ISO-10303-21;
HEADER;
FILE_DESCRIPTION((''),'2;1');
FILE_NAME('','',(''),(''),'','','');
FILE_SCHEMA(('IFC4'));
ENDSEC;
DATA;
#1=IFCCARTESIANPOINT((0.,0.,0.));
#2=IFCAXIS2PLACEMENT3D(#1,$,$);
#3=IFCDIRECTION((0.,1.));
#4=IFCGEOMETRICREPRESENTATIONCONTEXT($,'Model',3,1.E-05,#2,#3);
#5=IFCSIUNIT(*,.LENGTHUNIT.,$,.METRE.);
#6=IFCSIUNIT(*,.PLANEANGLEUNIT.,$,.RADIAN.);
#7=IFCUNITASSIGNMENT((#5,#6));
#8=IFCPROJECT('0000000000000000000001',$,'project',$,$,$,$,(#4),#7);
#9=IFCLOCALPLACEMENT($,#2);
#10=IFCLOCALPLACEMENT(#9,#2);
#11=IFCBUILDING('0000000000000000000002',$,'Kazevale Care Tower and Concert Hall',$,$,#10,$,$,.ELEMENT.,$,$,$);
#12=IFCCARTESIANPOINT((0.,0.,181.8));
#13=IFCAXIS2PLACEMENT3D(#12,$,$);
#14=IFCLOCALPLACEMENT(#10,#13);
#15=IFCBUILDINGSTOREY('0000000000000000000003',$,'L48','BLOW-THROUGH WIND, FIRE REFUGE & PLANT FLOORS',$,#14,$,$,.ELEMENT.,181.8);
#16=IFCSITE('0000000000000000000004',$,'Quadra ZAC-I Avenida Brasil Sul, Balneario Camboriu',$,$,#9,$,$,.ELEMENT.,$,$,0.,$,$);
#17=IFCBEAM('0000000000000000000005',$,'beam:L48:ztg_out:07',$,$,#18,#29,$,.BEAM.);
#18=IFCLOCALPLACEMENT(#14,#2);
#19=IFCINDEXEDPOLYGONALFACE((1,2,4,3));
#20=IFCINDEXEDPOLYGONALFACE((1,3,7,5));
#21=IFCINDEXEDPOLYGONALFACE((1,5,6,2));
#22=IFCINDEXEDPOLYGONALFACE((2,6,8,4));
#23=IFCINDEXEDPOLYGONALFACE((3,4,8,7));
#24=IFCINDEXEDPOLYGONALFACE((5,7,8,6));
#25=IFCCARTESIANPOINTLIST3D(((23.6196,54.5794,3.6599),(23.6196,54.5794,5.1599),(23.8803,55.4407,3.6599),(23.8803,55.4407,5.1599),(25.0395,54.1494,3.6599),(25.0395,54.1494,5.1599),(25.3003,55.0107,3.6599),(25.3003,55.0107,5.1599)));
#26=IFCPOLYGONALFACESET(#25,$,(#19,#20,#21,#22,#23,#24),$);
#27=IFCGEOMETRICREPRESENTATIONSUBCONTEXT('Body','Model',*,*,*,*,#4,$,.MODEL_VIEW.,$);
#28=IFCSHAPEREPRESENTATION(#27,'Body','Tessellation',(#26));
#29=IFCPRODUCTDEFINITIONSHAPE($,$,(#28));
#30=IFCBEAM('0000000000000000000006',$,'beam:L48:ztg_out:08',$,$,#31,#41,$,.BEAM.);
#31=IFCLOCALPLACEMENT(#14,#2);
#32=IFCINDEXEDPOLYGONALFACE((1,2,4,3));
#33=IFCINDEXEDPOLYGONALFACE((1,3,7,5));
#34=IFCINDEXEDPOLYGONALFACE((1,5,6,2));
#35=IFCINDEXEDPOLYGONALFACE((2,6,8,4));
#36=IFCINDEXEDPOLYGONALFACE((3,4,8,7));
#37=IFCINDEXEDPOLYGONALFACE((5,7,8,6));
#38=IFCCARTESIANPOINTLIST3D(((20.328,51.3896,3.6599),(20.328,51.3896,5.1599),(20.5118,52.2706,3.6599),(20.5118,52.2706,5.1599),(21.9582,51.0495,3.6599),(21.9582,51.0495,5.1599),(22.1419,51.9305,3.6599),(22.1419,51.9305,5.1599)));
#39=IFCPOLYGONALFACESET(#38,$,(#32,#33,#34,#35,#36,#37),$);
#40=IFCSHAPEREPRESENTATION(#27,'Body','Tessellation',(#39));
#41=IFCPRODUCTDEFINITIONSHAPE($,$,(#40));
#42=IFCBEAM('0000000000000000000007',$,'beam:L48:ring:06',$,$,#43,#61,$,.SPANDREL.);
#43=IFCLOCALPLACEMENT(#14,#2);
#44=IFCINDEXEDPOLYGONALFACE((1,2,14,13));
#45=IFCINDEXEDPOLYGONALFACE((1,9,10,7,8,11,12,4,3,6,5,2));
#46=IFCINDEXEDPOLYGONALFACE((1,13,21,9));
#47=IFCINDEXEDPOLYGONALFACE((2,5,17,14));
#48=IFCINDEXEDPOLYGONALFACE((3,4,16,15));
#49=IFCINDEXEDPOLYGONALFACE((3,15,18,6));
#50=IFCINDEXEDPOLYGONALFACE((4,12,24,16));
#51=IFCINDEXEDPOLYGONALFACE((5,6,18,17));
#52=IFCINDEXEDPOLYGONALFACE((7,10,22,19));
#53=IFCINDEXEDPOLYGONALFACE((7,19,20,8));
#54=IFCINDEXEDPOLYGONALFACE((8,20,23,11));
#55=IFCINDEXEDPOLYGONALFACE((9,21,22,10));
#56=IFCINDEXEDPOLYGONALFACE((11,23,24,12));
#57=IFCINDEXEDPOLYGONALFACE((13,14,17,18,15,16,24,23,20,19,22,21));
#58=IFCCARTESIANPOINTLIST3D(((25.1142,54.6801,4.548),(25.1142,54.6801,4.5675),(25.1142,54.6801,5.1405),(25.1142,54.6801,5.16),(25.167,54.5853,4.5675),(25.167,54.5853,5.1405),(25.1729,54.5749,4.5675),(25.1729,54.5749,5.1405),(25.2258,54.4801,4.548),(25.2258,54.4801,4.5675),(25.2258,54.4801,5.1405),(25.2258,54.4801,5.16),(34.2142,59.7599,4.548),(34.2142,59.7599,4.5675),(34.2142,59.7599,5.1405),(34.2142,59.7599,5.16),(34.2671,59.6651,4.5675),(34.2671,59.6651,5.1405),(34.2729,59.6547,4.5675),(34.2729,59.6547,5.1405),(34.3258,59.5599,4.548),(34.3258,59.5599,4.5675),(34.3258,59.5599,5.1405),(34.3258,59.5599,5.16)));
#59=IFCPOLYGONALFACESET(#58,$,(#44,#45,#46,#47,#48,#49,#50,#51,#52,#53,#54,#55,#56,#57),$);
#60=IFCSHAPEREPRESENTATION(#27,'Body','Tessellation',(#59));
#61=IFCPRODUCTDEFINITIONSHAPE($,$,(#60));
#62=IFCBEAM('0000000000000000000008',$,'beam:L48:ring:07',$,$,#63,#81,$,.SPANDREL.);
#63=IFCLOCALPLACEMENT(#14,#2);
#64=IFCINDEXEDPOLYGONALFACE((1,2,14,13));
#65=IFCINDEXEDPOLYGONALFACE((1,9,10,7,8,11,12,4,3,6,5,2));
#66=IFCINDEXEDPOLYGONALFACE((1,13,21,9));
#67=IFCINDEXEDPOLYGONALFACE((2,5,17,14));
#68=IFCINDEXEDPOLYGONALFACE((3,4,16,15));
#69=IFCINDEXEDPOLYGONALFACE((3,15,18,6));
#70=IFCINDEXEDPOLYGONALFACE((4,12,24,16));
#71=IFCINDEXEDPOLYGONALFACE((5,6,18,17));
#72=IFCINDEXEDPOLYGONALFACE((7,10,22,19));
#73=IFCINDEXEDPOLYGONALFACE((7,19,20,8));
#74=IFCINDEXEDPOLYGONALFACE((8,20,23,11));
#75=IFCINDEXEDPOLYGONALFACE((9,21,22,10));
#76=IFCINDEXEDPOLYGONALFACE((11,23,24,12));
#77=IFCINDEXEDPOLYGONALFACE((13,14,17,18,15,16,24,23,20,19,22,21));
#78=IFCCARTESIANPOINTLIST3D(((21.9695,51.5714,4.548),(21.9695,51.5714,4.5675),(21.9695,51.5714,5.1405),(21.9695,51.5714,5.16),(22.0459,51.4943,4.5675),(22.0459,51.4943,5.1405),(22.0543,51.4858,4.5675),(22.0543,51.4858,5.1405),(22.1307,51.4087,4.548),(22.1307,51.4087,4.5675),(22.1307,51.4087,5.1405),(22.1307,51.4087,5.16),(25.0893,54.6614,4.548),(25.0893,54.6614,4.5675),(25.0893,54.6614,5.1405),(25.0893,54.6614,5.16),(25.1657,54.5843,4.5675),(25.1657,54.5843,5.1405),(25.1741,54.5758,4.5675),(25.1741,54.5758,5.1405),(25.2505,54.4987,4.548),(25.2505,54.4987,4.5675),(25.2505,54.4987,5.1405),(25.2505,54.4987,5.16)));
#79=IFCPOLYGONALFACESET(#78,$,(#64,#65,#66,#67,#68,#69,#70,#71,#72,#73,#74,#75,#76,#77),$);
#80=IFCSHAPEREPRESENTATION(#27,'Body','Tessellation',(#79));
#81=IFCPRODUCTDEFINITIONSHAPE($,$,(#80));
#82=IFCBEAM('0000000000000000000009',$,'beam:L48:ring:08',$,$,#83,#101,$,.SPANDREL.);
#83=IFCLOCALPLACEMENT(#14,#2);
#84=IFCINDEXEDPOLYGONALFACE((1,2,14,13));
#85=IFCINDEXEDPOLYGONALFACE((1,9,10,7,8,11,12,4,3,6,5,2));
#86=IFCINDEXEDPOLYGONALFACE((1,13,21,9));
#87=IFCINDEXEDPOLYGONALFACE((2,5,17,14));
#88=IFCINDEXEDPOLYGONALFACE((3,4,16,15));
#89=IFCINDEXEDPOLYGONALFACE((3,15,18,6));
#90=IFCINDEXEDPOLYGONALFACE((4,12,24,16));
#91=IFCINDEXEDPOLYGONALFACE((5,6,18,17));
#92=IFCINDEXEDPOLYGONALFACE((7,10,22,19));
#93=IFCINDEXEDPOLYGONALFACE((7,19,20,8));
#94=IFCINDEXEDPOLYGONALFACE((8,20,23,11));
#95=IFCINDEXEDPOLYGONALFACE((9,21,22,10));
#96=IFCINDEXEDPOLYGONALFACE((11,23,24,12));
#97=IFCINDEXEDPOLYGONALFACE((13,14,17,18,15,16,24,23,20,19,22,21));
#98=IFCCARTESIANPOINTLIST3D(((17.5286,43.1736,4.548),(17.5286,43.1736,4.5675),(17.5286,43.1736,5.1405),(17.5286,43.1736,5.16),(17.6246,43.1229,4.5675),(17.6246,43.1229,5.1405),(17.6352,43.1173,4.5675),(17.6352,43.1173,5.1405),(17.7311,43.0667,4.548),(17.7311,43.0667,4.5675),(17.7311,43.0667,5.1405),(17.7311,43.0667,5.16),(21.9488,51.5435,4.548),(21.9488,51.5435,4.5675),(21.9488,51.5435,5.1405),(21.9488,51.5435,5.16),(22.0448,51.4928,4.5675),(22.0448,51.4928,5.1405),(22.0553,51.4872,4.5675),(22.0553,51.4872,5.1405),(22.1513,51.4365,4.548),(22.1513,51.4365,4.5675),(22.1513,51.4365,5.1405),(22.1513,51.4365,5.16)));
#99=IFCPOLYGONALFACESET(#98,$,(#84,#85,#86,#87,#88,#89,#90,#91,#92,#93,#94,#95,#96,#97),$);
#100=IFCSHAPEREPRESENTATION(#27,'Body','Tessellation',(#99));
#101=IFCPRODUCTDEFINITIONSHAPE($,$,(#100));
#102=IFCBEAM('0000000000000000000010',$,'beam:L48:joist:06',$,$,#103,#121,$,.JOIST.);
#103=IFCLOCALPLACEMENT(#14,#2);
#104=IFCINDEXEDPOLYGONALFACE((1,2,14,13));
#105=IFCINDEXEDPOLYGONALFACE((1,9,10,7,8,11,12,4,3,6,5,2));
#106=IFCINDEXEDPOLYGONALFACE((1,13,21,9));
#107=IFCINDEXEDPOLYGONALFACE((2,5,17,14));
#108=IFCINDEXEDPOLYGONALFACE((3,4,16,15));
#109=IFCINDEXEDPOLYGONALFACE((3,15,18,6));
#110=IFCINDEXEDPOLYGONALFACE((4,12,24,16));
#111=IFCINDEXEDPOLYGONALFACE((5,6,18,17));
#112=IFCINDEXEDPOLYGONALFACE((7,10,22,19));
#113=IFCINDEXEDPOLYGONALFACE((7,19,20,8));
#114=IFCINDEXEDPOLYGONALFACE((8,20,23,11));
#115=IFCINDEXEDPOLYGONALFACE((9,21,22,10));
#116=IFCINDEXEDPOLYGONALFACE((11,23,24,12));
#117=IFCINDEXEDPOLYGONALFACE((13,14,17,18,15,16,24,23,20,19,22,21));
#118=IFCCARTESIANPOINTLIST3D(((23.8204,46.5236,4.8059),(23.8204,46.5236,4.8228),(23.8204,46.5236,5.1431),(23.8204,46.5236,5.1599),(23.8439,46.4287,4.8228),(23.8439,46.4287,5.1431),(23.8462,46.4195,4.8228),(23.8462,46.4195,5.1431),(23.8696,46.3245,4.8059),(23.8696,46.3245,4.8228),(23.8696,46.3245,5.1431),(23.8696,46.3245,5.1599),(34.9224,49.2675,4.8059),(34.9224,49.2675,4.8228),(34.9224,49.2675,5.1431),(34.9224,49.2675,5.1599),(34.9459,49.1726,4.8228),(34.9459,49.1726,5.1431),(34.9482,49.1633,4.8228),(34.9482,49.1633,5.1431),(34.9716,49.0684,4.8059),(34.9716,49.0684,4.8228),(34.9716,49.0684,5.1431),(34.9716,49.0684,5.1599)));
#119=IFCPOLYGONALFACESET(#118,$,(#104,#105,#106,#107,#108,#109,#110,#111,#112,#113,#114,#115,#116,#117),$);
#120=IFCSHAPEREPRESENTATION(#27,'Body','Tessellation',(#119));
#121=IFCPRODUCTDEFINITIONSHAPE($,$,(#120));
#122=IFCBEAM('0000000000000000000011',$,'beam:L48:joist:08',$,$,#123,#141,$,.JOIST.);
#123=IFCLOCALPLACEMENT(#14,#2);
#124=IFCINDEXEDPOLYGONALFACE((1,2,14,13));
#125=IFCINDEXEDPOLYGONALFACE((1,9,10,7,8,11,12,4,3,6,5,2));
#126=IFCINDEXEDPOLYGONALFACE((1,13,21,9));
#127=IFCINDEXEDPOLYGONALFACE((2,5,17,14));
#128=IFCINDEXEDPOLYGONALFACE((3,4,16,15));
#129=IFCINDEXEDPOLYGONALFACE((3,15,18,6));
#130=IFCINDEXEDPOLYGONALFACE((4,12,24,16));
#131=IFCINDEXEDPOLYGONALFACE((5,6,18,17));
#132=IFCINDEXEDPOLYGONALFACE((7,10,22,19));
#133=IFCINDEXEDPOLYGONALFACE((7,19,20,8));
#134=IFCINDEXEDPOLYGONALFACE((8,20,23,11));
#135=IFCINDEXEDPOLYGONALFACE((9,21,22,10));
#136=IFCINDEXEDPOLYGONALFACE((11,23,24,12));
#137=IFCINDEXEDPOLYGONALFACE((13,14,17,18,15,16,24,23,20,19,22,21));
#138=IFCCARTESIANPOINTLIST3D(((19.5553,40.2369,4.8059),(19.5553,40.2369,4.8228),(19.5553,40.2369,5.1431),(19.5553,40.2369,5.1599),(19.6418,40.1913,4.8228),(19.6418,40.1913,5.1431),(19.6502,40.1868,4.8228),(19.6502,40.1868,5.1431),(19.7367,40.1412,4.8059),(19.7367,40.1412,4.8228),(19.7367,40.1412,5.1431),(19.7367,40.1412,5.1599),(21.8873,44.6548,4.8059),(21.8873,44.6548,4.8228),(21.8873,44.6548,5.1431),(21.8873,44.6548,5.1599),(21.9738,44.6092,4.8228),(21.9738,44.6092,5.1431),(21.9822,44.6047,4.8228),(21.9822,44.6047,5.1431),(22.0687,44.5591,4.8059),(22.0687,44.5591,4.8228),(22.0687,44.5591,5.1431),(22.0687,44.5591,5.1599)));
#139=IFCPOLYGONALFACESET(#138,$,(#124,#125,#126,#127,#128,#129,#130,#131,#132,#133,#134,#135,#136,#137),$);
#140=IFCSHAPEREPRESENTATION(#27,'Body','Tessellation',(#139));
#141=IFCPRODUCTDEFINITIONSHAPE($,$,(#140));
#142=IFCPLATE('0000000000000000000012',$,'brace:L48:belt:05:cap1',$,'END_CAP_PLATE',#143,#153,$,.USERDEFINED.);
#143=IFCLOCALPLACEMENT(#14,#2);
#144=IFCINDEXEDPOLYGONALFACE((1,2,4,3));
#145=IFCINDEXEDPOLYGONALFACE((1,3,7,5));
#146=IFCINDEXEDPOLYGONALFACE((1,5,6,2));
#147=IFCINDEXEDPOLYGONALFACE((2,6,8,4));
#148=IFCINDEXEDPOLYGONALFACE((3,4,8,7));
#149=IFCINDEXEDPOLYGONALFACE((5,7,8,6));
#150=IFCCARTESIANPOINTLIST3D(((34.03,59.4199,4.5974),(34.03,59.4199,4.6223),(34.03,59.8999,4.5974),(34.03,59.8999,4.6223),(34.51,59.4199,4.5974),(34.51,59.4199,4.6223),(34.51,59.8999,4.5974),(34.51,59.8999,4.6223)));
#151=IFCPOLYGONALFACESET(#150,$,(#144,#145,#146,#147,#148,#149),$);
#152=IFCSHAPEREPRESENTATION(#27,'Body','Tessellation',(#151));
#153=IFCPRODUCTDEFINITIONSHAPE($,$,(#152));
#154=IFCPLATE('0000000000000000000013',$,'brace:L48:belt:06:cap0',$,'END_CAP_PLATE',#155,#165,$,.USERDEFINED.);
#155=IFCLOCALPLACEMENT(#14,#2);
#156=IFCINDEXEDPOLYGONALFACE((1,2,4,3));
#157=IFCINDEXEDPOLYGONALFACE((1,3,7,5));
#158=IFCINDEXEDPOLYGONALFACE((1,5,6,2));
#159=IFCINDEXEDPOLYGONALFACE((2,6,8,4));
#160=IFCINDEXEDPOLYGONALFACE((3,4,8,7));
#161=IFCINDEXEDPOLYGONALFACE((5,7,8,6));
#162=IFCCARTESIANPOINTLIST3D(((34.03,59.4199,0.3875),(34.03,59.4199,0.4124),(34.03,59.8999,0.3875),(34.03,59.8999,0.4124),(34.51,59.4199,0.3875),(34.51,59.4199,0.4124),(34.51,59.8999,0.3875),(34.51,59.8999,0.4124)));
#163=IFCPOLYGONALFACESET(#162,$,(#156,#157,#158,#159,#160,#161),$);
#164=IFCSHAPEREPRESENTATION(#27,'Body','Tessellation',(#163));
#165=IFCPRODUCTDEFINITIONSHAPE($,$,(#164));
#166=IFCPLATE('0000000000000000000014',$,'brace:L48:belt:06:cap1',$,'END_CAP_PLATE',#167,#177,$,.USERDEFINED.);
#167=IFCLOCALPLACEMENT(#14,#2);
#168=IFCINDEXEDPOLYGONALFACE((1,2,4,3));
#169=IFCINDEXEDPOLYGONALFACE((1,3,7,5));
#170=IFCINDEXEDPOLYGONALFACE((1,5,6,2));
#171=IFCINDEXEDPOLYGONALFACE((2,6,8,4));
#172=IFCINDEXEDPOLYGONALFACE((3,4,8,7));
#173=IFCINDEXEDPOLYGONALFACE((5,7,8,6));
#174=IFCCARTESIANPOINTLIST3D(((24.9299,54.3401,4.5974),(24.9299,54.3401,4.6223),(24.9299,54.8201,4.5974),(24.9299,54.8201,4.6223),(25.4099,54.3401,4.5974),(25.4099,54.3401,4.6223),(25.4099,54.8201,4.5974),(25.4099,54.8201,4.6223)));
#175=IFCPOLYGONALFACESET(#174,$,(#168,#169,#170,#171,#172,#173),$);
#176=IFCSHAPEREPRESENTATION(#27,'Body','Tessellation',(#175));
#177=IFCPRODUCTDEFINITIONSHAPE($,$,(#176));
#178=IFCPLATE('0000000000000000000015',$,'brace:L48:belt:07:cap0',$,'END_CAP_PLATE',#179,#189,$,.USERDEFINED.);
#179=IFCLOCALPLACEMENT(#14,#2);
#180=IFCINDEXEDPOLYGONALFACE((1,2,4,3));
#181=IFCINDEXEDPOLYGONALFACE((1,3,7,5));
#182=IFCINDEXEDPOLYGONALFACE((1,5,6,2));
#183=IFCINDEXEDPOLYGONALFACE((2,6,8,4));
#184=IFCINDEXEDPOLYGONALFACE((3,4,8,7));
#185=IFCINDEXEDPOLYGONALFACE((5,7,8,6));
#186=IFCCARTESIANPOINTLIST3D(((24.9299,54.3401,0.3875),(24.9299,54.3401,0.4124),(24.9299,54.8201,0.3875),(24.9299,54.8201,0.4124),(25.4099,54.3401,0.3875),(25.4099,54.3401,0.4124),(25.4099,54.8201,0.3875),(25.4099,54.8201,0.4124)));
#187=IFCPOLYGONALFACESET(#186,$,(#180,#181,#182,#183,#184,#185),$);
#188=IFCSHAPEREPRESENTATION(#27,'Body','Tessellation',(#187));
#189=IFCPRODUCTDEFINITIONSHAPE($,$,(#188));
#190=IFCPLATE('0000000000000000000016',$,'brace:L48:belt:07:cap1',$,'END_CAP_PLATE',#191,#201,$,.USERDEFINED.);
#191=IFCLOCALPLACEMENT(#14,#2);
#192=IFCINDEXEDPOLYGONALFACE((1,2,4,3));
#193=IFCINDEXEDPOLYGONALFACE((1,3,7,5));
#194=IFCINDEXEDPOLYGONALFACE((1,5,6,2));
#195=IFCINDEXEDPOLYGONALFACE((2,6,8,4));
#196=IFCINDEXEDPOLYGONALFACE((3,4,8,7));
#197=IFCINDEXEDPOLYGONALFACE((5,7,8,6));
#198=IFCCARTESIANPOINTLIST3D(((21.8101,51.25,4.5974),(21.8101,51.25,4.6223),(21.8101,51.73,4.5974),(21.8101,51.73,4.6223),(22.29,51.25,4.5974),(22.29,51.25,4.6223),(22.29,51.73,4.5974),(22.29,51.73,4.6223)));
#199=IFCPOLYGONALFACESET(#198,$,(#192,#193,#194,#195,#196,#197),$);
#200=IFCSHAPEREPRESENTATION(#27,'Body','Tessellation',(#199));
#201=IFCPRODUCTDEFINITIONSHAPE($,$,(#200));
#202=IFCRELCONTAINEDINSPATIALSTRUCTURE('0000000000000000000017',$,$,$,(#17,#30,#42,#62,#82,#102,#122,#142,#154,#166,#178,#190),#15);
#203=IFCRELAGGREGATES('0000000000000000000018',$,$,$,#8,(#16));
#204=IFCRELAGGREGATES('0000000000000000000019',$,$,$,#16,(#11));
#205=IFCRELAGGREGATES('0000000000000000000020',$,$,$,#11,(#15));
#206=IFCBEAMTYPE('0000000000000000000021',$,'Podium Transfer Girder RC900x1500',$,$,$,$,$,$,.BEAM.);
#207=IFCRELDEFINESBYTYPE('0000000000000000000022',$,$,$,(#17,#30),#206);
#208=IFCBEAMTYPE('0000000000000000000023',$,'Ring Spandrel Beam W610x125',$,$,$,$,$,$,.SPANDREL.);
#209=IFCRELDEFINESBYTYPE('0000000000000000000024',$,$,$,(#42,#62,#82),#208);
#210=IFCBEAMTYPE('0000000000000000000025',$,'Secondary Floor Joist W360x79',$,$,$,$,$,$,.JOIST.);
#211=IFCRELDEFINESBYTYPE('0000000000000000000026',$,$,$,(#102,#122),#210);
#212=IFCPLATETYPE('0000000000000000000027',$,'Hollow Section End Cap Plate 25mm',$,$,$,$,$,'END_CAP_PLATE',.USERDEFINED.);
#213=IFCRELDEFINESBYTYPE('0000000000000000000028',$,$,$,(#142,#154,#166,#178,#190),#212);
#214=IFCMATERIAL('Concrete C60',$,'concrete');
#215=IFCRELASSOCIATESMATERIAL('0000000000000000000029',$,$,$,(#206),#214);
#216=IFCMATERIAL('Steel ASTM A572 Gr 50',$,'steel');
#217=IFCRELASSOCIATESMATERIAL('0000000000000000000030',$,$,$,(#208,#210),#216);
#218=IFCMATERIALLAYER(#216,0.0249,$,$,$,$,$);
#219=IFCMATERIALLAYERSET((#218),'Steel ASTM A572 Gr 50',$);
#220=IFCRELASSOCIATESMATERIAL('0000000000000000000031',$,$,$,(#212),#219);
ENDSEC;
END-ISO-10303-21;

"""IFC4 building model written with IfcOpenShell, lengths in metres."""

from ifc_helpers import new_model, si_unit, direction, frame, origin, origin_2d, place, context, subcontext, project, spatial, rectangle, i_section, extrude, material, layer, layer_set, material_profile, profile_set, type_object, element, save


model = new_model("IFC4")

# Units and contexts
model_context = context("Model", 3, precision=1e-05, world=origin(), true_north=direction((0.0, 1.0)))
body_context = subcontext(model_context, "Body", "Model", "MODEL_VIEW")
ifc_project = project(units=[si_unit("LENGTHUNIT", "METRE"), si_unit("PLANEANGLEUNIT", "RADIAN")], contexts=[model_context])

# Site, building, storey
site_placement = place(None, origin())
site = spatial("IfcSite", under=ifc_project, at=site_placement, Name="Quadra ZAC-I Avenida Brasil Sul, Balneario Camboriu", CompositionType="ELEMENT", RefElevation=0.0)
building_placement = place(site_placement, origin())
building = spatial("IfcBuilding", under=site, at=building_placement, Name="Kazevale Care Tower and Concert Hall", CompositionType="ELEMENT")
storey_placement = place(building_placement, frame((0.0, 0.0, 181.8)))
storey = spatial("IfcBuildingStorey", under=building, at=storey_placement, Name="L48", Description="BLOW-THROUGH WIND, FIRE REFUGE & PLANT FLOORS", CompositionType="ELEMENT", Elevation=181.8)

# Shared definitions
ifc_material_1 = material(Name="Concrete C60", Category="concrete")

# Shared definitions
ifc_material_2 = material(Name="Steel ASTM A572 Gr 50", Category="steel")

# Beams
ifc_material_profile_1 = material_profile(ifc_material_1, rectangle(XDim=0.8999, YDim=1.5, at=origin_2d()), Name="RC-TG900x1500")
ifc_profile_set_1 = profile_set([ifc_material_profile_1], Name="Concrete C60")
beam_type_1 = type_object("IfcBeamType", Name="Podium Transfer Girder RC900x1500", PredefinedType="BEAM", material=ifc_profile_set_1)
beam_1_placement = place(storey_placement, frame((25.1699, 54.5801, 4.4099), z_axis=(-0.957089, 0.289793, 0.0), x_axis=(-0.289793, -0.957089, 0.0)))
element("IfcBeam", 1, at=beam_1_placement, inside=storey, type_object=beam_type_1, Name="beam:L48:ztg_out:07", PredefinedType="BEAM", context=body_context, shape_type="SweptSolid", body=[
    extrude(rectangle(XDim=0.8999, YDim=1.5, at=origin_2d()), origin(), (0.0, 0.0, 1.0), 1.4836),
])
beam_2_placement = place(storey_placement, frame((22.05, 51.49, 4.4099), z_axis=(-0.978923, 0.204229, 0.0), x_axis=(-0.204229, -0.978923, 0.0)))
element("IfcBeam", 2, at=beam_2_placement, inside=storey, type_object=beam_type_1, Name="beam:L48:ztg_out:08", PredefinedType="BEAM", context=body_context, shape_type="SweptSolid", body=[
    extrude(rectangle(XDim=0.8999, YDim=1.5, at=origin_2d()), origin(), (0.0, 0.0, 1.0), 1.6653),
])
ifc_material_profile_2 = material_profile(ifc_material_2, i_section(OverallWidth=0.229, OverallDepth=0.6121, WebThickness=0.012, FlangeThickness=0.0195, at=origin_2d()), Name="W610x125")
ifc_profile_set_2 = profile_set([ifc_material_profile_2], Name="Steel ASTM A572 Gr 50")
beam_type_2 = type_object("IfcBeamType", Name="Ring Spandrel Beam W610x125", PredefinedType="SPANDREL", material=ifc_profile_set_2)
beam_3_placement = place(storey_placement, frame((34.27, 59.6599, 4.854), z_axis=(-0.873169, -0.487418, 0.0), x_axis=(0.487418, -0.873169, 0.0)))
element("IfcBeam", 3, at=beam_3_placement, inside=storey, type_object=beam_type_2, Name="beam:L48:ring:06", PredefinedType="SPANDREL", context=body_context, shape_type="SweptSolid", body=[
    extrude(i_section(OverallWidth=0.229, OverallDepth=0.6121, WebThickness=0.012, FlangeThickness=0.0195, at=origin_2d()), origin(), (0.0, 0.0, 1.0), 10.4219),
])
beam_4_placement = place(storey_placement, frame((25.1699, 54.5801, 4.854), z_axis=(-0.71049, -0.703707, 0.0), x_axis=(0.703707, -0.71049, 0.0)))
element("IfcBeam", 4, at=beam_4_placement, inside=storey, type_object=beam_type_2, Name="beam:L48:ring:07", PredefinedType="SPANDREL", context=body_context, shape_type="SweptSolid", body=[
    extrude(i_section(OverallWidth=0.229, OverallDepth=0.6121, WebThickness=0.012, FlangeThickness=0.0195, at=origin_2d()), origin(), (0.0, 0.0, 1.0), 4.3911),
])
beam_5_placement = place(storey_placement, frame((22.05, 51.49, 4.854), z_axis=(-0.466984, -0.884266, 0.0), x_axis=(0.884266, -0.466984, 0.0)))
element("IfcBeam", 5, at=beam_5_placement, inside=storey, type_object=beam_type_2, Name="beam:L48:ring:08", PredefinedType="SPANDREL", context=body_context, shape_type="SweptSolid", body=[
    extrude(i_section(OverallWidth=0.229, OverallDepth=0.6121, WebThickness=0.012, FlangeThickness=0.0195, at=origin_2d()), origin(), (0.0, 0.0, 1.0), 9.4653),
])
ifc_material_profile_3 = material_profile(ifc_material_2, i_section(OverallWidth=0.2051, OverallDepth=0.354, WebThickness=0.0095, FlangeThickness=0.0168, at=origin_2d()), Name="W360x79")
ifc_profile_set_3 = profile_set([ifc_material_profile_3], Name="Steel ASTM A572 Gr 50")
beam_type_3 = type_object("IfcBeamType", Name="Secondary Floor Joist W360x79", PredefinedType="JOIST", material=ifc_profile_set_3)
beam_6_placement = place(storey_placement, frame((34.947, 49.168, 4.9829), z_axis=(-0.97079, -0.239933, 0.0), x_axis=(0.239933, -0.97079, 0.0)))
element("IfcBeam", 6, at=beam_6_placement, inside=storey, type_object=beam_type_3, Name="beam:L48:joist:06", PredefinedType="JOIST", context=body_context, shape_type="SweptSolid", body=[
    extrude(i_section(OverallWidth=0.2051, OverallDepth=0.354, WebThickness=0.0095, FlangeThickness=0.0168, at=origin_2d()), origin(), (0.0, 0.0, 1.0), 11.436),
])
beam_7_placement = place(storey_placement, frame((21.978, 44.6069, 4.9829), z_axis=(-0.46681, -0.884358, 0.0), x_axis=(0.884358, -0.46681, 0.0)))
element("IfcBeam", 7, at=beam_7_placement, inside=storey, type_object=beam_type_3, Name="beam:L48:joist:08", PredefinedType="JOIST", context=body_context, shape_type="SweptSolid", body=[
    extrude(i_section(OverallWidth=0.2051, OverallDepth=0.354, WebThickness=0.0095, FlangeThickness=0.0168, at=origin_2d()), origin(), (0.0, 0.0, 1.0), 4.9956),
])

# Plates
ifc_layer_1 = layer(ifc_material_2, 0.0249)
ifc_layer_set_1 = layer_set([ifc_layer_1], Name="Steel ASTM A572 Gr 50")
plate_type_1 = type_object("IfcPlateType", Name="Hollow Section End Cap Plate 25mm", ElementType="END_CAP_PLATE", PredefinedType="USERDEFINED", material=ifc_layer_set_1)
for number, where, z_axis, x_axis, name in (
    (8, (34.27, 59.6599, 4.5974), (0.0, 0.0, 1.0), (1.0, 0.0, 0.0), "brace:L48:belt:05:cap1"),
    (9, (34.27, 59.6599, 0.3875), (0.0, 0.0, 1.0), (1.0, 0.0, 0.0), "brace:L48:belt:06:cap0"),
    (10, (25.1699, 54.5801, 4.5974), (0.0, 0.0, 1.0), (1.0, 0.0, 0.0), "brace:L48:belt:06:cap1"),
    (11, (25.1699, 54.5801, 0.3875), (0.0, 0.0, 1.0), (1.0, 0.0, 0.0), "brace:L48:belt:07:cap0"),
    (12, (22.05, 51.49, 4.5974), (0.0, 0.0, 1.0), (1.0, 0.0, 0.0), "brace:L48:belt:07:cap1"),
):
    element("IfcPlate", number, at=place(storey_placement, frame(where, z_axis=z_axis, x_axis=x_axis)), inside=storey, type_object=plate_type_1, Name=name, ObjectType="END_CAP_PLATE", PredefinedType="USERDEFINED", context=body_context, shape_type="SweptSolid", body=[
        extrude(rectangle(XDim=0.48, YDim=0.48, at=origin_2d()), origin(), (0.0, 0.0, 1.0), 0.0249),
    ])

save(model, "model.ifc")
